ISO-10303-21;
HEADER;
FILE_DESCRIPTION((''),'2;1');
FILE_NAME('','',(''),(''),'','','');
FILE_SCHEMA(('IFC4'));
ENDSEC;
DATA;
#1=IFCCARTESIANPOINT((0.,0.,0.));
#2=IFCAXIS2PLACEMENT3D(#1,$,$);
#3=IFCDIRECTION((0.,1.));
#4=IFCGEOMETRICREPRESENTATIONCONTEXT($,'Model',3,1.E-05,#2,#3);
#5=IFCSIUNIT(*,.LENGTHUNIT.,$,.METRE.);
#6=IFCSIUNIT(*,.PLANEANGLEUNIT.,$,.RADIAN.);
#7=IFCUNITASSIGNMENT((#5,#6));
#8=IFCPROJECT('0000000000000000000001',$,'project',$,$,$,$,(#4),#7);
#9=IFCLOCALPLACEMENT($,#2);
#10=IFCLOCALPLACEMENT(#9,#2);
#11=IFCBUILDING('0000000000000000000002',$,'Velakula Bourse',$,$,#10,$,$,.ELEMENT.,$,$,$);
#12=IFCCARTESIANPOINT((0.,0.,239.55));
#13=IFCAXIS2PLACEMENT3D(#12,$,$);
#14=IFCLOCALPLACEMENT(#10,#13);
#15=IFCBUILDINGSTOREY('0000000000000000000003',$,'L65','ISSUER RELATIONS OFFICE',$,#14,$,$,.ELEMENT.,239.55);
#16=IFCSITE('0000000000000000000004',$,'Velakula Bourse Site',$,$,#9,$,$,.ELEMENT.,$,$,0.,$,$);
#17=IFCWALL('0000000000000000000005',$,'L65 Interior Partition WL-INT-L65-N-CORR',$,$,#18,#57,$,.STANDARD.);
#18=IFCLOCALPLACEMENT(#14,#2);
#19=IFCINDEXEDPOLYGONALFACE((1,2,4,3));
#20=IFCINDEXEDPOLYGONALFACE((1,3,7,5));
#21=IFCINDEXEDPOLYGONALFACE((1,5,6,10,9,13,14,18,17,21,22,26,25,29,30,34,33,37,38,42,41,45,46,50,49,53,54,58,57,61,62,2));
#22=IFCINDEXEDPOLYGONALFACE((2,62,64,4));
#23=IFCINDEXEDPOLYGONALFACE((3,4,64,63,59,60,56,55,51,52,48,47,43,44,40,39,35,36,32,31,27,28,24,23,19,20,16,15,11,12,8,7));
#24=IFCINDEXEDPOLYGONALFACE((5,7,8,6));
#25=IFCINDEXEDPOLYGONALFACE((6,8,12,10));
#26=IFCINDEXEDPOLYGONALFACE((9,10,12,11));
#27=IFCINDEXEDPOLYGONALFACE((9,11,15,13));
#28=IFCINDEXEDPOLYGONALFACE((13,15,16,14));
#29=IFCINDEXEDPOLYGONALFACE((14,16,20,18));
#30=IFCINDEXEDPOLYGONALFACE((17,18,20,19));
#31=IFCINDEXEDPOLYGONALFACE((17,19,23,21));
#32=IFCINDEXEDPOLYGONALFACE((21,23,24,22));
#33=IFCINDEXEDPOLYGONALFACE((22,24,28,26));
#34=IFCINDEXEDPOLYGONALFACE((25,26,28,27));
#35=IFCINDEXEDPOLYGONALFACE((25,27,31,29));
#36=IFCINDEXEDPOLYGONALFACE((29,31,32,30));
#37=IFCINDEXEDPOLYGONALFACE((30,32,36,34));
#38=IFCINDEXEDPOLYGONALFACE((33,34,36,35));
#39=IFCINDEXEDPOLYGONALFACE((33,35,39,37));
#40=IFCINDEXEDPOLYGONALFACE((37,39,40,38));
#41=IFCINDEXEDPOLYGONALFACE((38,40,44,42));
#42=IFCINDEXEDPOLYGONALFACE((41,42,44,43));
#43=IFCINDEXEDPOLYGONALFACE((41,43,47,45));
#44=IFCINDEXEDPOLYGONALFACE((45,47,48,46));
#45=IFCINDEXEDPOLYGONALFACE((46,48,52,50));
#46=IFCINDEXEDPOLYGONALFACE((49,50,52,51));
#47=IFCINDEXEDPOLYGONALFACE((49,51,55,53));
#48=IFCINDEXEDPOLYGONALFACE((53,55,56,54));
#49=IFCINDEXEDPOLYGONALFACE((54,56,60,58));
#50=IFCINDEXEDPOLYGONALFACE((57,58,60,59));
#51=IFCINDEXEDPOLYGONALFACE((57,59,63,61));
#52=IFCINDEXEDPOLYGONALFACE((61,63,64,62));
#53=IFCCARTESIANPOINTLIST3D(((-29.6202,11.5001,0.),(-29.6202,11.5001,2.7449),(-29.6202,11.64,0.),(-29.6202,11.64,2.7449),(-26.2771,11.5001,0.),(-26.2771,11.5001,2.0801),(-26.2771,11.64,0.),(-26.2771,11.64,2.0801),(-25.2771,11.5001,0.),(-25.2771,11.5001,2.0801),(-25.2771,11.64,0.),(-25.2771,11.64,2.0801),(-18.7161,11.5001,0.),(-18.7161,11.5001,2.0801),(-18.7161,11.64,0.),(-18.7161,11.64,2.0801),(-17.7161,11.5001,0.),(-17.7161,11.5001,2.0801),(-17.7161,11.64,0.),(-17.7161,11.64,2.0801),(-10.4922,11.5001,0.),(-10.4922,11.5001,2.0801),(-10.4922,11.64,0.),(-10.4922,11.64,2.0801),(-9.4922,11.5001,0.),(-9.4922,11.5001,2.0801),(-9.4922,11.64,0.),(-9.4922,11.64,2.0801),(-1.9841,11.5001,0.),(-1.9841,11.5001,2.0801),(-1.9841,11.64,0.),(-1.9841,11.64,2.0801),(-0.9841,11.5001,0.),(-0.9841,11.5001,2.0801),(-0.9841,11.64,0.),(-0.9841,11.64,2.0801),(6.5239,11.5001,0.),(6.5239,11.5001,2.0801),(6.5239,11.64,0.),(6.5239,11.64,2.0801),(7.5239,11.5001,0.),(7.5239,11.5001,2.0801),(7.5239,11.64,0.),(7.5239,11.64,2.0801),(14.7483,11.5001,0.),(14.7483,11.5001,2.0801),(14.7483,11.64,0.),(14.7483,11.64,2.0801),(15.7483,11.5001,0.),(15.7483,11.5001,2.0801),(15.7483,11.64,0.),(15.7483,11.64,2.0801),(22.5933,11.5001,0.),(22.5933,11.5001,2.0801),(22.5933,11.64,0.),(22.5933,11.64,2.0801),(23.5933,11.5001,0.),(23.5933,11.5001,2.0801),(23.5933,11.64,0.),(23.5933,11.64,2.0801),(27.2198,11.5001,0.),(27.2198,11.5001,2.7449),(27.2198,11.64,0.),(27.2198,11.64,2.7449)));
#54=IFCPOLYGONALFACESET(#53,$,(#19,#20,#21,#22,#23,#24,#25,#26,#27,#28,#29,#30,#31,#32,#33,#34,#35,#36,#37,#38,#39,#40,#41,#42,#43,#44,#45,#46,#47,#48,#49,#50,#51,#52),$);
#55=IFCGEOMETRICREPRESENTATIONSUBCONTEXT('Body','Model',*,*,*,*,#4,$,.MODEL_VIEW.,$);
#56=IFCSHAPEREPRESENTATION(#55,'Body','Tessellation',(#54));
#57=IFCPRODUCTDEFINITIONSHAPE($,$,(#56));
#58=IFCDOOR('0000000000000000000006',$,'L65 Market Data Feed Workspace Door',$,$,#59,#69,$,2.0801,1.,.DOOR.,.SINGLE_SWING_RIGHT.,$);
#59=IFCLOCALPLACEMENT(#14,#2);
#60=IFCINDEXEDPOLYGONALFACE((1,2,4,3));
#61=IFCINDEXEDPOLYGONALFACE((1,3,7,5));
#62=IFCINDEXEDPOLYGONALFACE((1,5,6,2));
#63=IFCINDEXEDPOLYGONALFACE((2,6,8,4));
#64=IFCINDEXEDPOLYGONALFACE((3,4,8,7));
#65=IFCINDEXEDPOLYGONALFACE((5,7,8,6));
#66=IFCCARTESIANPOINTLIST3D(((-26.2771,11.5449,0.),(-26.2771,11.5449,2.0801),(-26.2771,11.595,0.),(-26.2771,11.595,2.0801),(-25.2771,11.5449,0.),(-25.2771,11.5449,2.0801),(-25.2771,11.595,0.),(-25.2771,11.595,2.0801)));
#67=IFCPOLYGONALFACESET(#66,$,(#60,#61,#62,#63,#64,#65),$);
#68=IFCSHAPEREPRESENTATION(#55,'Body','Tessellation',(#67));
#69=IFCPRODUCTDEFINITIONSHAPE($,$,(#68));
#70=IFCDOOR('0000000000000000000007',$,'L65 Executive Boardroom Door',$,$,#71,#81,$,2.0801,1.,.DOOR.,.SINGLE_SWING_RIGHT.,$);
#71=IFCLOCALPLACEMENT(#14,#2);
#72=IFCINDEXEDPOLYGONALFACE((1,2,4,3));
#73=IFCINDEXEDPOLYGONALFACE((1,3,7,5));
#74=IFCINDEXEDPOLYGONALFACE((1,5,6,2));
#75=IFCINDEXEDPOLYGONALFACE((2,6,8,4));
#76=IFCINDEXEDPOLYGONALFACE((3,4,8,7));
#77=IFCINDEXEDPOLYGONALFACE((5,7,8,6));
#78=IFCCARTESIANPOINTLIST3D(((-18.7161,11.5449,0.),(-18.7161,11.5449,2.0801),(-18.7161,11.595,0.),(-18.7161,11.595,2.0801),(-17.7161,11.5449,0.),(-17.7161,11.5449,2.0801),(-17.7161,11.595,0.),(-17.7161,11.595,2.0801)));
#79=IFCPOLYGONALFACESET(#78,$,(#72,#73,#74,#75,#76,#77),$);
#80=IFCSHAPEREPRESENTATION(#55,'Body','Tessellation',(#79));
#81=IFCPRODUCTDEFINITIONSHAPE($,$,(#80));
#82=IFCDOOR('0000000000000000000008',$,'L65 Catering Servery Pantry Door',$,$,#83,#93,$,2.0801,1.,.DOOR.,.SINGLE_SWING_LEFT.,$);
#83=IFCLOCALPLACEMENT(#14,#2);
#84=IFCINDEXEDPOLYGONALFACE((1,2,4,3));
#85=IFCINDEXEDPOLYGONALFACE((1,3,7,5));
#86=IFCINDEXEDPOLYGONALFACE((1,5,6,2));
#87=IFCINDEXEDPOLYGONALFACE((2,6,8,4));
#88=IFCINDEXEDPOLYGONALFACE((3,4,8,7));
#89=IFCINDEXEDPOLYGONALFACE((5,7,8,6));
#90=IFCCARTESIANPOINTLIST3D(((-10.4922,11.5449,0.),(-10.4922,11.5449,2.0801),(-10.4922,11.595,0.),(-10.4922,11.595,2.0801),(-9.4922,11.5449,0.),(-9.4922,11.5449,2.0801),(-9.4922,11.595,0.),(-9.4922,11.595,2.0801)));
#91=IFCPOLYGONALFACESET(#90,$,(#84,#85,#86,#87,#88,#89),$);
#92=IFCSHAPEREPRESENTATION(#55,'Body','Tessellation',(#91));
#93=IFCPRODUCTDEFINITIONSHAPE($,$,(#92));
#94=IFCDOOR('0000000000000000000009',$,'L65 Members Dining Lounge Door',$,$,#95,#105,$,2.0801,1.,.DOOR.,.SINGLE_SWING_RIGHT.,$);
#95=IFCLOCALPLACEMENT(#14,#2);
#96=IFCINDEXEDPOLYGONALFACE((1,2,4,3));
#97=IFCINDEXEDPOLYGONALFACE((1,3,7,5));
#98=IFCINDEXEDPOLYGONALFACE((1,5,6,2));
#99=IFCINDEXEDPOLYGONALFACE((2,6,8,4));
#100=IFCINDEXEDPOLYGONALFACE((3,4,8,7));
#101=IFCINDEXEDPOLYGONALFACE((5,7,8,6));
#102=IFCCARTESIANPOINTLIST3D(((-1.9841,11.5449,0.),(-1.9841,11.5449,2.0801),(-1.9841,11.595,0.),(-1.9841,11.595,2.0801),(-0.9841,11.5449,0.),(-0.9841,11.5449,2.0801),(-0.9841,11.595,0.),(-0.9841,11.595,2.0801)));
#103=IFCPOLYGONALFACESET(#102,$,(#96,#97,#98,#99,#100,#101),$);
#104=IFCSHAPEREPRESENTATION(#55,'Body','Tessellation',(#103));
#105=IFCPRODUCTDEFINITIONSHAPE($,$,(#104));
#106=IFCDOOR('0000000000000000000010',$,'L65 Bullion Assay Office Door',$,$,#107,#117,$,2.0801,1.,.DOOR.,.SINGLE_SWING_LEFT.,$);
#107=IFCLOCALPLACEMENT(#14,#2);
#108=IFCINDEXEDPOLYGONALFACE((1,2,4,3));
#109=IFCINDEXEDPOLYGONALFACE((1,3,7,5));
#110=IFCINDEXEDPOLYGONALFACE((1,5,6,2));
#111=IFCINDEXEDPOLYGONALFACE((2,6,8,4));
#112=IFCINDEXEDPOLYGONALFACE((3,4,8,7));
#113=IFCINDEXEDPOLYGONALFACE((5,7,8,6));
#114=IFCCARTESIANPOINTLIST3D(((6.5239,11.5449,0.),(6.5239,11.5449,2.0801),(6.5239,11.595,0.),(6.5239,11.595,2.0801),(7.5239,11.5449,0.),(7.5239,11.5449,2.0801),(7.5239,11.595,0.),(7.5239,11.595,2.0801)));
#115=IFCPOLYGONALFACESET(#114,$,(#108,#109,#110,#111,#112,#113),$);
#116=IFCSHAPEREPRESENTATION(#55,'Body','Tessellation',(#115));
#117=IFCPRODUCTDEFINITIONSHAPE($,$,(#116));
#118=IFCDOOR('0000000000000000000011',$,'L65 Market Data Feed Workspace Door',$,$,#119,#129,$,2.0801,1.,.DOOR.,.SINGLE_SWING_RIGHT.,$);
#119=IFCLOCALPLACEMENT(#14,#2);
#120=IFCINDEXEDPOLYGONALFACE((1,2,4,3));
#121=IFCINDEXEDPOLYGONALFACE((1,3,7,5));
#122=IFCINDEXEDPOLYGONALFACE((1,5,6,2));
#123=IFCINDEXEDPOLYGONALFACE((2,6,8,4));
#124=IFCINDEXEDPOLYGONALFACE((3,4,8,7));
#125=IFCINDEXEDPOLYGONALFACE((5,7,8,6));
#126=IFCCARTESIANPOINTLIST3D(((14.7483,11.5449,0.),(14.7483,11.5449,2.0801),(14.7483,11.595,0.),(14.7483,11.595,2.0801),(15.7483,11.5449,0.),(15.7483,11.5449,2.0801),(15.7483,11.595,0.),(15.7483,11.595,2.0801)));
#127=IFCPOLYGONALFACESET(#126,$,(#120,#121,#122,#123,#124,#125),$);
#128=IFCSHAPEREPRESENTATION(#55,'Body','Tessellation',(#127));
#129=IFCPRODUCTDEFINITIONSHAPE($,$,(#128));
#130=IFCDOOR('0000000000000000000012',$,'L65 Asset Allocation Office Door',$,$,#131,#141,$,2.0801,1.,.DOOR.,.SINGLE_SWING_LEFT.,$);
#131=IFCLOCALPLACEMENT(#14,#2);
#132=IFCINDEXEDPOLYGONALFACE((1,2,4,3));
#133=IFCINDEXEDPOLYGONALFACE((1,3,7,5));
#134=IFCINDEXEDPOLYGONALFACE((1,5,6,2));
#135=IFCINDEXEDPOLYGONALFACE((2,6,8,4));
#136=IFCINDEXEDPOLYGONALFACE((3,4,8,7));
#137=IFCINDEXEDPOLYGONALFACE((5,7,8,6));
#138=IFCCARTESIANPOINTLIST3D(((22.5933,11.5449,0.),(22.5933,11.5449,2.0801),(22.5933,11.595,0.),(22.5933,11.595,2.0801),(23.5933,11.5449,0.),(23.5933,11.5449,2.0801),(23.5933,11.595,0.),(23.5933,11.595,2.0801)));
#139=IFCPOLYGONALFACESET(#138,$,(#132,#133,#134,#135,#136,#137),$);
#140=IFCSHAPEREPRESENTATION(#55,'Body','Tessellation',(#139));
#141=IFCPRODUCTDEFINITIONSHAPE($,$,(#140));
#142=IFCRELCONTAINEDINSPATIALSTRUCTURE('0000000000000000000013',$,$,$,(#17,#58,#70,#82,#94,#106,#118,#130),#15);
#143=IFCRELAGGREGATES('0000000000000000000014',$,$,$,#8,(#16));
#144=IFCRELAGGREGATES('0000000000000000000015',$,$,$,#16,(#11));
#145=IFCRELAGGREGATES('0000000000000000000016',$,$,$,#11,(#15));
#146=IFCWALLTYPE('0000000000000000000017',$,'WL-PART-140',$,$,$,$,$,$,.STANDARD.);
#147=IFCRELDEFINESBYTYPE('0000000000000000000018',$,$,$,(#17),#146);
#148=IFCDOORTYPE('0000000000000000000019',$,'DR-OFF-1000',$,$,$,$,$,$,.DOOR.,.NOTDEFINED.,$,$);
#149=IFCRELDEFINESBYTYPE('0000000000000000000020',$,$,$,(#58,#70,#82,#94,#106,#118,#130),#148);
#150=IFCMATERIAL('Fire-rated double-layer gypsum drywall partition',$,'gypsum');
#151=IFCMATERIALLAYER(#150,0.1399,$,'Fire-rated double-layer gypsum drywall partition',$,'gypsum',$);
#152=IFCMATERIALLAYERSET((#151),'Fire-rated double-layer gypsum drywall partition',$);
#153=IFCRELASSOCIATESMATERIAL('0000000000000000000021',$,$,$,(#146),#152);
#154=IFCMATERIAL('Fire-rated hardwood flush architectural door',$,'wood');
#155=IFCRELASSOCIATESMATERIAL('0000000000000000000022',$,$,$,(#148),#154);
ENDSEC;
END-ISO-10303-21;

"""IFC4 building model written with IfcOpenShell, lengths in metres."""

from ifc_helpers import new_model, si_unit, direction, frame, frame_2d, origin, place, context, subcontext, project, spatial, rectangle, extrude, material, layer, layer_set, type_object, element, fill, save


model = new_model("IFC4")

# Units and contexts
model_context = context("Model", 3, precision=1e-05, world=origin(), true_north=direction((0.0, 1.0)))
body_context = subcontext(model_context, "Body", "Model", "MODEL_VIEW")
ifc_project = project(units=[si_unit("LENGTHUNIT", "METRE"), si_unit("PLANEANGLEUNIT", "RADIAN")], contexts=[model_context])

# Site, building, storey
site_placement = place(None, origin())
site = spatial("IfcSite", under=ifc_project, at=site_placement, Name="Velakula Bourse Site", CompositionType="ELEMENT", RefElevation=0.0)
building_placement = place(site_placement, origin())
building = spatial("IfcBuilding", under=site, at=building_placement, Name="Velakula Bourse", CompositionType="ELEMENT")
storey_placement = place(building_placement, frame((0.0, 0.0, 239.55)))
storey = spatial("IfcBuildingStorey", under=building, at=storey_placement, Name="L65", Description="ISSUER RELATIONS OFFICE", CompositionType="ELEMENT", Elevation=239.55)

# Wall, openings, doors
ifc_material_1 = material(Name="Fire-rated double-layer gypsum drywall partition", Category="gypsum")
ifc_layer_1 = layer(ifc_material_1, 0.1399, Name="Fire-rated double-layer gypsum drywall partition", Category="gypsum")
ifc_layer_set_1 = layer_set([ifc_layer_1], Name="Fire-rated double-layer gypsum drywall partition")
wall_type_1 = type_object("IfcWallType", Name="WL-PART-140", PredefinedType="STANDARD", material=ifc_layer_set_1)
wall_1_placement = place(storey_placement, frame((-29.6201, 11.5701, 0.0), z_axis=(0.0, 0.0, 1.0), x_axis=(1.0, 0.0, 0.0)))
wall_1 = element("IfcWall", 1, at=wall_1_placement, inside=storey, type_object=wall_type_1, Name="L65 Interior Partition WL-INT-L65-N-CORR", PredefinedType="STANDARD", context=body_context, shape_type="SweptSolid", body=[
    extrude(rectangle(XDim=56.8401, YDim=0.1399, at=frame_2d((28.4199, 0.0))), origin(), (0.0, 0.0, 1.0), 2.7449),
])
opening_1_placement = place(wall_1_placement, frame((3.343, 0.0, 0.0)))
opening_1 = element("IfcOpeningElement", 2, at=opening_1_placement, cuts=wall_1, PredefinedType="OPENING", context=body_context, shape_type="SweptSolid", body=[
    extrude(rectangle(XDim=1.0, YDim=2.0801, at=frame_2d((0.5, 1.04))), frame((0.0, 0.0798, 0.0), z_axis=(0.0, -1.0, 0.0), x_axis=(1.0, 0.0, 0.0)), (0.0, 0.0, 1.0), 0.1599),
])
opening_2_placement = place(wall_1_placement, frame((10.9041, 0.0, 0.0)))
opening_2 = element("IfcOpeningElement", 3, at=opening_2_placement, cuts=wall_1, PredefinedType="OPENING", context=body_context, shape_type="SweptSolid", body=[
    extrude(rectangle(XDim=1.0, YDim=2.0801, at=frame_2d((0.5, 1.04))), frame((0.0, 0.0798, 0.0), z_axis=(0.0, -1.0, 0.0), x_axis=(1.0, 0.0, 0.0)), (0.0, 0.0, 1.0), 0.1599),
])
opening_3_placement = place(wall_1_placement, frame((19.1279, 0.0, 0.0)))
opening_3 = element("IfcOpeningElement", 4, at=opening_3_placement, cuts=wall_1, PredefinedType="OPENING", context=body_context, shape_type="SweptSolid", body=[
    extrude(rectangle(XDim=1.0, YDim=2.0801, at=frame_2d((0.5, 1.04))), frame((0.0, 0.0798, 0.0), z_axis=(0.0, -1.0, 0.0), x_axis=(1.0, 0.0, 0.0)), (0.0, 0.0, 1.0), 0.1599),
])
opening_4_placement = place(wall_1_placement, frame((27.636, 0.0, 0.0)))
opening_4 = element("IfcOpeningElement", 5, at=opening_4_placement, cuts=wall_1, PredefinedType="OPENING", context=body_context, shape_type="SweptSolid", body=[
    extrude(rectangle(XDim=1.0, YDim=2.0801, at=frame_2d((0.5, 1.04))), frame((0.0, 0.0798, 0.0), z_axis=(0.0, -1.0, 0.0), x_axis=(1.0, 0.0, 0.0)), (0.0, 0.0, 1.0), 0.1599),
])
opening_5_placement = place(wall_1_placement, frame((36.144, 0.0, 0.0)))
opening_5 = element("IfcOpeningElement", 6, at=opening_5_placement, cuts=wall_1, PredefinedType="OPENING", context=body_context, shape_type="SweptSolid", body=[
    extrude(rectangle(XDim=1.0, YDim=2.0801, at=frame_2d((0.5, 1.04))), frame((0.0, 0.0798, 0.0), z_axis=(0.0, -1.0, 0.0), x_axis=(1.0, 0.0, 0.0)), (0.0, 0.0, 1.0), 0.1599),
])
opening_6_placement = place(wall_1_placement, frame((44.3684, 0.0, 0.0)))
opening_6 = element("IfcOpeningElement", 7, at=opening_6_placement, cuts=wall_1, PredefinedType="OPENING", context=body_context, shape_type="SweptSolid", body=[
    extrude(rectangle(XDim=1.0, YDim=2.0801, at=frame_2d((0.5, 1.04))), frame((0.0, 0.0798, 0.0), z_axis=(0.0, -1.0, 0.0), x_axis=(1.0, 0.0, 0.0)), (0.0, 0.0, 1.0), 0.1599),
])
opening_7_placement = place(wall_1_placement, frame((52.2134, 0.0, 0.0)))
opening_7 = element("IfcOpeningElement", 8, at=opening_7_placement, cuts=wall_1, PredefinedType="OPENING", context=body_context, shape_type="SweptSolid", body=[
    extrude(rectangle(XDim=1.0, YDim=2.0801, at=frame_2d((0.5, 1.04))), frame((0.0, 0.0798, 0.0), z_axis=(0.0, -1.0, 0.0), x_axis=(1.0, 0.0, 0.0)), (0.0, 0.0, 1.0), 0.1599),
])
ifc_material_2 = material(Name="Fire-rated hardwood flush architectural door", Category="wood")
door_type = type_object("IfcDoorType", Name="DR-OFF-1000", OperationType="NOTDEFINED", PredefinedType="DOOR", material=ifc_material_2)
door_1_placement = place(opening_1_placement, origin())
door_1 = element("IfcDoor", 9, at=door_1_placement, inside=storey, type_object=door_type, Name="L65 Market Data Feed Workspace Door", OperationType="SINGLE_SWING_RIGHT", OverallHeight=2.0801, OverallWidth=1.0, PredefinedType="DOOR", context=body_context, shape_type="SweptSolid", body=[
    extrude(rectangle(XDim=1.0, YDim=2.0801, at=frame_2d((0.5, 1.04))), frame((0.0, 0.0249, 0.0), z_axis=(0.0, -1.0, 0.0), x_axis=(1.0, 0.0, 0.0)), (0.0, 0.0, 1.0), 0.05),
])
fill(opening_1, door_1)
door_2_placement = place(opening_2_placement, origin())
door_2 = element("IfcDoor", 10, at=door_2_placement, inside=storey, type_object=door_type, Name="L65 Executive Boardroom Door", OperationType="SINGLE_SWING_RIGHT", OverallHeight=2.0801, OverallWidth=1.0, PredefinedType="DOOR", context=body_context, shape_type="SweptSolid", body=[
    extrude(rectangle(XDim=1.0, YDim=2.0801, at=frame_2d((0.5, 1.04))), frame((0.0, 0.0249, 0.0), z_axis=(0.0, -1.0, 0.0), x_axis=(1.0, 0.0, 0.0)), (0.0, 0.0, 1.0), 0.05),
])
fill(opening_2, door_2)
door_3_placement = place(opening_3_placement, origin())
door_3 = element("IfcDoor", 11, at=door_3_placement, inside=storey, type_object=door_type, Name="L65 Catering Servery Pantry Door", OperationType="SINGLE_SWING_LEFT", OverallHeight=2.0801, OverallWidth=1.0, PredefinedType="DOOR", context=body_context, shape_type="SweptSolid", body=[
    extrude(rectangle(XDim=1.0, YDim=2.0801, at=frame_2d((0.5, 1.04))), frame((0.0, 0.0249, 0.0), z_axis=(0.0, -1.0, 0.0), x_axis=(1.0, 0.0, 0.0)), (0.0, 0.0, 1.0), 0.05),
])
fill(opening_3, door_3)
door_4_placement = place(opening_4_placement, origin())
door_4 = element("IfcDoor", 12, at=door_4_placement, inside=storey, type_object=door_type, Name="L65 Members Dining Lounge Door", OperationType="SINGLE_SWING_RIGHT", OverallHeight=2.0801, OverallWidth=1.0, PredefinedType="DOOR", context=body_context, shape_type="SweptSolid", body=[
    extrude(rectangle(XDim=1.0, YDim=2.0801, at=frame_2d((0.5, 1.04))), frame((0.0, 0.0249, 0.0), z_axis=(0.0, -1.0, 0.0), x_axis=(1.0, 0.0, 0.0)), (0.0, 0.0, 1.0), 0.05),
])
fill(opening_4, door_4)
door_5_placement = place(opening_5_placement, origin())
door_5 = element("IfcDoor", 13, at=door_5_placement, inside=storey, type_object=door_type, Name="L65 Bullion Assay Office Door", OperationType="SINGLE_SWING_LEFT", OverallHeight=2.0801, OverallWidth=1.0, PredefinedType="DOOR", context=body_context, shape_type="SweptSolid", body=[
    extrude(rectangle(XDim=1.0, YDim=2.0801, at=frame_2d((0.5, 1.04))), frame((0.0, 0.0249, 0.0), z_axis=(0.0, -1.0, 0.0), x_axis=(1.0, 0.0, 0.0)), (0.0, 0.0, 1.0), 0.05),
])
fill(opening_5, door_5)
door_6_placement = place(opening_6_placement, origin())
door_6 = element("IfcDoor", 14, at=door_6_placement, inside=storey, type_object=door_type, Name="L65 Market Data Feed Workspace Door", OperationType="SINGLE_SWING_RIGHT", OverallHeight=2.0801, OverallWidth=1.0, PredefinedType="DOOR", context=body_context, shape_type="SweptSolid", body=[
    extrude(rectangle(XDim=1.0, YDim=2.0801, at=frame_2d((0.5, 1.04))), frame((0.0, 0.0249, 0.0), z_axis=(0.0, -1.0, 0.0), x_axis=(1.0, 0.0, 0.0)), (0.0, 0.0, 1.0), 0.05),
])
fill(opening_6, door_6)
door_7_placement = place(opening_7_placement, origin())
door_7 = element("IfcDoor", 15, at=door_7_placement, inside=storey, type_object=door_type, Name="L65 Asset Allocation Office Door", OperationType="SINGLE_SWING_LEFT", OverallHeight=2.0801, OverallWidth=1.0, PredefinedType="DOOR", context=body_context, shape_type="SweptSolid", body=[
    extrude(rectangle(XDim=1.0, YDim=2.0801, at=frame_2d((0.5, 1.04))), frame((0.0, 0.0249, 0.0), z_axis=(0.0, -1.0, 0.0), x_axis=(1.0, 0.0, 0.0)), (0.0, 0.0, 1.0), 0.05),
])
fill(opening_7, door_7)

save(model, "model.ifc")
